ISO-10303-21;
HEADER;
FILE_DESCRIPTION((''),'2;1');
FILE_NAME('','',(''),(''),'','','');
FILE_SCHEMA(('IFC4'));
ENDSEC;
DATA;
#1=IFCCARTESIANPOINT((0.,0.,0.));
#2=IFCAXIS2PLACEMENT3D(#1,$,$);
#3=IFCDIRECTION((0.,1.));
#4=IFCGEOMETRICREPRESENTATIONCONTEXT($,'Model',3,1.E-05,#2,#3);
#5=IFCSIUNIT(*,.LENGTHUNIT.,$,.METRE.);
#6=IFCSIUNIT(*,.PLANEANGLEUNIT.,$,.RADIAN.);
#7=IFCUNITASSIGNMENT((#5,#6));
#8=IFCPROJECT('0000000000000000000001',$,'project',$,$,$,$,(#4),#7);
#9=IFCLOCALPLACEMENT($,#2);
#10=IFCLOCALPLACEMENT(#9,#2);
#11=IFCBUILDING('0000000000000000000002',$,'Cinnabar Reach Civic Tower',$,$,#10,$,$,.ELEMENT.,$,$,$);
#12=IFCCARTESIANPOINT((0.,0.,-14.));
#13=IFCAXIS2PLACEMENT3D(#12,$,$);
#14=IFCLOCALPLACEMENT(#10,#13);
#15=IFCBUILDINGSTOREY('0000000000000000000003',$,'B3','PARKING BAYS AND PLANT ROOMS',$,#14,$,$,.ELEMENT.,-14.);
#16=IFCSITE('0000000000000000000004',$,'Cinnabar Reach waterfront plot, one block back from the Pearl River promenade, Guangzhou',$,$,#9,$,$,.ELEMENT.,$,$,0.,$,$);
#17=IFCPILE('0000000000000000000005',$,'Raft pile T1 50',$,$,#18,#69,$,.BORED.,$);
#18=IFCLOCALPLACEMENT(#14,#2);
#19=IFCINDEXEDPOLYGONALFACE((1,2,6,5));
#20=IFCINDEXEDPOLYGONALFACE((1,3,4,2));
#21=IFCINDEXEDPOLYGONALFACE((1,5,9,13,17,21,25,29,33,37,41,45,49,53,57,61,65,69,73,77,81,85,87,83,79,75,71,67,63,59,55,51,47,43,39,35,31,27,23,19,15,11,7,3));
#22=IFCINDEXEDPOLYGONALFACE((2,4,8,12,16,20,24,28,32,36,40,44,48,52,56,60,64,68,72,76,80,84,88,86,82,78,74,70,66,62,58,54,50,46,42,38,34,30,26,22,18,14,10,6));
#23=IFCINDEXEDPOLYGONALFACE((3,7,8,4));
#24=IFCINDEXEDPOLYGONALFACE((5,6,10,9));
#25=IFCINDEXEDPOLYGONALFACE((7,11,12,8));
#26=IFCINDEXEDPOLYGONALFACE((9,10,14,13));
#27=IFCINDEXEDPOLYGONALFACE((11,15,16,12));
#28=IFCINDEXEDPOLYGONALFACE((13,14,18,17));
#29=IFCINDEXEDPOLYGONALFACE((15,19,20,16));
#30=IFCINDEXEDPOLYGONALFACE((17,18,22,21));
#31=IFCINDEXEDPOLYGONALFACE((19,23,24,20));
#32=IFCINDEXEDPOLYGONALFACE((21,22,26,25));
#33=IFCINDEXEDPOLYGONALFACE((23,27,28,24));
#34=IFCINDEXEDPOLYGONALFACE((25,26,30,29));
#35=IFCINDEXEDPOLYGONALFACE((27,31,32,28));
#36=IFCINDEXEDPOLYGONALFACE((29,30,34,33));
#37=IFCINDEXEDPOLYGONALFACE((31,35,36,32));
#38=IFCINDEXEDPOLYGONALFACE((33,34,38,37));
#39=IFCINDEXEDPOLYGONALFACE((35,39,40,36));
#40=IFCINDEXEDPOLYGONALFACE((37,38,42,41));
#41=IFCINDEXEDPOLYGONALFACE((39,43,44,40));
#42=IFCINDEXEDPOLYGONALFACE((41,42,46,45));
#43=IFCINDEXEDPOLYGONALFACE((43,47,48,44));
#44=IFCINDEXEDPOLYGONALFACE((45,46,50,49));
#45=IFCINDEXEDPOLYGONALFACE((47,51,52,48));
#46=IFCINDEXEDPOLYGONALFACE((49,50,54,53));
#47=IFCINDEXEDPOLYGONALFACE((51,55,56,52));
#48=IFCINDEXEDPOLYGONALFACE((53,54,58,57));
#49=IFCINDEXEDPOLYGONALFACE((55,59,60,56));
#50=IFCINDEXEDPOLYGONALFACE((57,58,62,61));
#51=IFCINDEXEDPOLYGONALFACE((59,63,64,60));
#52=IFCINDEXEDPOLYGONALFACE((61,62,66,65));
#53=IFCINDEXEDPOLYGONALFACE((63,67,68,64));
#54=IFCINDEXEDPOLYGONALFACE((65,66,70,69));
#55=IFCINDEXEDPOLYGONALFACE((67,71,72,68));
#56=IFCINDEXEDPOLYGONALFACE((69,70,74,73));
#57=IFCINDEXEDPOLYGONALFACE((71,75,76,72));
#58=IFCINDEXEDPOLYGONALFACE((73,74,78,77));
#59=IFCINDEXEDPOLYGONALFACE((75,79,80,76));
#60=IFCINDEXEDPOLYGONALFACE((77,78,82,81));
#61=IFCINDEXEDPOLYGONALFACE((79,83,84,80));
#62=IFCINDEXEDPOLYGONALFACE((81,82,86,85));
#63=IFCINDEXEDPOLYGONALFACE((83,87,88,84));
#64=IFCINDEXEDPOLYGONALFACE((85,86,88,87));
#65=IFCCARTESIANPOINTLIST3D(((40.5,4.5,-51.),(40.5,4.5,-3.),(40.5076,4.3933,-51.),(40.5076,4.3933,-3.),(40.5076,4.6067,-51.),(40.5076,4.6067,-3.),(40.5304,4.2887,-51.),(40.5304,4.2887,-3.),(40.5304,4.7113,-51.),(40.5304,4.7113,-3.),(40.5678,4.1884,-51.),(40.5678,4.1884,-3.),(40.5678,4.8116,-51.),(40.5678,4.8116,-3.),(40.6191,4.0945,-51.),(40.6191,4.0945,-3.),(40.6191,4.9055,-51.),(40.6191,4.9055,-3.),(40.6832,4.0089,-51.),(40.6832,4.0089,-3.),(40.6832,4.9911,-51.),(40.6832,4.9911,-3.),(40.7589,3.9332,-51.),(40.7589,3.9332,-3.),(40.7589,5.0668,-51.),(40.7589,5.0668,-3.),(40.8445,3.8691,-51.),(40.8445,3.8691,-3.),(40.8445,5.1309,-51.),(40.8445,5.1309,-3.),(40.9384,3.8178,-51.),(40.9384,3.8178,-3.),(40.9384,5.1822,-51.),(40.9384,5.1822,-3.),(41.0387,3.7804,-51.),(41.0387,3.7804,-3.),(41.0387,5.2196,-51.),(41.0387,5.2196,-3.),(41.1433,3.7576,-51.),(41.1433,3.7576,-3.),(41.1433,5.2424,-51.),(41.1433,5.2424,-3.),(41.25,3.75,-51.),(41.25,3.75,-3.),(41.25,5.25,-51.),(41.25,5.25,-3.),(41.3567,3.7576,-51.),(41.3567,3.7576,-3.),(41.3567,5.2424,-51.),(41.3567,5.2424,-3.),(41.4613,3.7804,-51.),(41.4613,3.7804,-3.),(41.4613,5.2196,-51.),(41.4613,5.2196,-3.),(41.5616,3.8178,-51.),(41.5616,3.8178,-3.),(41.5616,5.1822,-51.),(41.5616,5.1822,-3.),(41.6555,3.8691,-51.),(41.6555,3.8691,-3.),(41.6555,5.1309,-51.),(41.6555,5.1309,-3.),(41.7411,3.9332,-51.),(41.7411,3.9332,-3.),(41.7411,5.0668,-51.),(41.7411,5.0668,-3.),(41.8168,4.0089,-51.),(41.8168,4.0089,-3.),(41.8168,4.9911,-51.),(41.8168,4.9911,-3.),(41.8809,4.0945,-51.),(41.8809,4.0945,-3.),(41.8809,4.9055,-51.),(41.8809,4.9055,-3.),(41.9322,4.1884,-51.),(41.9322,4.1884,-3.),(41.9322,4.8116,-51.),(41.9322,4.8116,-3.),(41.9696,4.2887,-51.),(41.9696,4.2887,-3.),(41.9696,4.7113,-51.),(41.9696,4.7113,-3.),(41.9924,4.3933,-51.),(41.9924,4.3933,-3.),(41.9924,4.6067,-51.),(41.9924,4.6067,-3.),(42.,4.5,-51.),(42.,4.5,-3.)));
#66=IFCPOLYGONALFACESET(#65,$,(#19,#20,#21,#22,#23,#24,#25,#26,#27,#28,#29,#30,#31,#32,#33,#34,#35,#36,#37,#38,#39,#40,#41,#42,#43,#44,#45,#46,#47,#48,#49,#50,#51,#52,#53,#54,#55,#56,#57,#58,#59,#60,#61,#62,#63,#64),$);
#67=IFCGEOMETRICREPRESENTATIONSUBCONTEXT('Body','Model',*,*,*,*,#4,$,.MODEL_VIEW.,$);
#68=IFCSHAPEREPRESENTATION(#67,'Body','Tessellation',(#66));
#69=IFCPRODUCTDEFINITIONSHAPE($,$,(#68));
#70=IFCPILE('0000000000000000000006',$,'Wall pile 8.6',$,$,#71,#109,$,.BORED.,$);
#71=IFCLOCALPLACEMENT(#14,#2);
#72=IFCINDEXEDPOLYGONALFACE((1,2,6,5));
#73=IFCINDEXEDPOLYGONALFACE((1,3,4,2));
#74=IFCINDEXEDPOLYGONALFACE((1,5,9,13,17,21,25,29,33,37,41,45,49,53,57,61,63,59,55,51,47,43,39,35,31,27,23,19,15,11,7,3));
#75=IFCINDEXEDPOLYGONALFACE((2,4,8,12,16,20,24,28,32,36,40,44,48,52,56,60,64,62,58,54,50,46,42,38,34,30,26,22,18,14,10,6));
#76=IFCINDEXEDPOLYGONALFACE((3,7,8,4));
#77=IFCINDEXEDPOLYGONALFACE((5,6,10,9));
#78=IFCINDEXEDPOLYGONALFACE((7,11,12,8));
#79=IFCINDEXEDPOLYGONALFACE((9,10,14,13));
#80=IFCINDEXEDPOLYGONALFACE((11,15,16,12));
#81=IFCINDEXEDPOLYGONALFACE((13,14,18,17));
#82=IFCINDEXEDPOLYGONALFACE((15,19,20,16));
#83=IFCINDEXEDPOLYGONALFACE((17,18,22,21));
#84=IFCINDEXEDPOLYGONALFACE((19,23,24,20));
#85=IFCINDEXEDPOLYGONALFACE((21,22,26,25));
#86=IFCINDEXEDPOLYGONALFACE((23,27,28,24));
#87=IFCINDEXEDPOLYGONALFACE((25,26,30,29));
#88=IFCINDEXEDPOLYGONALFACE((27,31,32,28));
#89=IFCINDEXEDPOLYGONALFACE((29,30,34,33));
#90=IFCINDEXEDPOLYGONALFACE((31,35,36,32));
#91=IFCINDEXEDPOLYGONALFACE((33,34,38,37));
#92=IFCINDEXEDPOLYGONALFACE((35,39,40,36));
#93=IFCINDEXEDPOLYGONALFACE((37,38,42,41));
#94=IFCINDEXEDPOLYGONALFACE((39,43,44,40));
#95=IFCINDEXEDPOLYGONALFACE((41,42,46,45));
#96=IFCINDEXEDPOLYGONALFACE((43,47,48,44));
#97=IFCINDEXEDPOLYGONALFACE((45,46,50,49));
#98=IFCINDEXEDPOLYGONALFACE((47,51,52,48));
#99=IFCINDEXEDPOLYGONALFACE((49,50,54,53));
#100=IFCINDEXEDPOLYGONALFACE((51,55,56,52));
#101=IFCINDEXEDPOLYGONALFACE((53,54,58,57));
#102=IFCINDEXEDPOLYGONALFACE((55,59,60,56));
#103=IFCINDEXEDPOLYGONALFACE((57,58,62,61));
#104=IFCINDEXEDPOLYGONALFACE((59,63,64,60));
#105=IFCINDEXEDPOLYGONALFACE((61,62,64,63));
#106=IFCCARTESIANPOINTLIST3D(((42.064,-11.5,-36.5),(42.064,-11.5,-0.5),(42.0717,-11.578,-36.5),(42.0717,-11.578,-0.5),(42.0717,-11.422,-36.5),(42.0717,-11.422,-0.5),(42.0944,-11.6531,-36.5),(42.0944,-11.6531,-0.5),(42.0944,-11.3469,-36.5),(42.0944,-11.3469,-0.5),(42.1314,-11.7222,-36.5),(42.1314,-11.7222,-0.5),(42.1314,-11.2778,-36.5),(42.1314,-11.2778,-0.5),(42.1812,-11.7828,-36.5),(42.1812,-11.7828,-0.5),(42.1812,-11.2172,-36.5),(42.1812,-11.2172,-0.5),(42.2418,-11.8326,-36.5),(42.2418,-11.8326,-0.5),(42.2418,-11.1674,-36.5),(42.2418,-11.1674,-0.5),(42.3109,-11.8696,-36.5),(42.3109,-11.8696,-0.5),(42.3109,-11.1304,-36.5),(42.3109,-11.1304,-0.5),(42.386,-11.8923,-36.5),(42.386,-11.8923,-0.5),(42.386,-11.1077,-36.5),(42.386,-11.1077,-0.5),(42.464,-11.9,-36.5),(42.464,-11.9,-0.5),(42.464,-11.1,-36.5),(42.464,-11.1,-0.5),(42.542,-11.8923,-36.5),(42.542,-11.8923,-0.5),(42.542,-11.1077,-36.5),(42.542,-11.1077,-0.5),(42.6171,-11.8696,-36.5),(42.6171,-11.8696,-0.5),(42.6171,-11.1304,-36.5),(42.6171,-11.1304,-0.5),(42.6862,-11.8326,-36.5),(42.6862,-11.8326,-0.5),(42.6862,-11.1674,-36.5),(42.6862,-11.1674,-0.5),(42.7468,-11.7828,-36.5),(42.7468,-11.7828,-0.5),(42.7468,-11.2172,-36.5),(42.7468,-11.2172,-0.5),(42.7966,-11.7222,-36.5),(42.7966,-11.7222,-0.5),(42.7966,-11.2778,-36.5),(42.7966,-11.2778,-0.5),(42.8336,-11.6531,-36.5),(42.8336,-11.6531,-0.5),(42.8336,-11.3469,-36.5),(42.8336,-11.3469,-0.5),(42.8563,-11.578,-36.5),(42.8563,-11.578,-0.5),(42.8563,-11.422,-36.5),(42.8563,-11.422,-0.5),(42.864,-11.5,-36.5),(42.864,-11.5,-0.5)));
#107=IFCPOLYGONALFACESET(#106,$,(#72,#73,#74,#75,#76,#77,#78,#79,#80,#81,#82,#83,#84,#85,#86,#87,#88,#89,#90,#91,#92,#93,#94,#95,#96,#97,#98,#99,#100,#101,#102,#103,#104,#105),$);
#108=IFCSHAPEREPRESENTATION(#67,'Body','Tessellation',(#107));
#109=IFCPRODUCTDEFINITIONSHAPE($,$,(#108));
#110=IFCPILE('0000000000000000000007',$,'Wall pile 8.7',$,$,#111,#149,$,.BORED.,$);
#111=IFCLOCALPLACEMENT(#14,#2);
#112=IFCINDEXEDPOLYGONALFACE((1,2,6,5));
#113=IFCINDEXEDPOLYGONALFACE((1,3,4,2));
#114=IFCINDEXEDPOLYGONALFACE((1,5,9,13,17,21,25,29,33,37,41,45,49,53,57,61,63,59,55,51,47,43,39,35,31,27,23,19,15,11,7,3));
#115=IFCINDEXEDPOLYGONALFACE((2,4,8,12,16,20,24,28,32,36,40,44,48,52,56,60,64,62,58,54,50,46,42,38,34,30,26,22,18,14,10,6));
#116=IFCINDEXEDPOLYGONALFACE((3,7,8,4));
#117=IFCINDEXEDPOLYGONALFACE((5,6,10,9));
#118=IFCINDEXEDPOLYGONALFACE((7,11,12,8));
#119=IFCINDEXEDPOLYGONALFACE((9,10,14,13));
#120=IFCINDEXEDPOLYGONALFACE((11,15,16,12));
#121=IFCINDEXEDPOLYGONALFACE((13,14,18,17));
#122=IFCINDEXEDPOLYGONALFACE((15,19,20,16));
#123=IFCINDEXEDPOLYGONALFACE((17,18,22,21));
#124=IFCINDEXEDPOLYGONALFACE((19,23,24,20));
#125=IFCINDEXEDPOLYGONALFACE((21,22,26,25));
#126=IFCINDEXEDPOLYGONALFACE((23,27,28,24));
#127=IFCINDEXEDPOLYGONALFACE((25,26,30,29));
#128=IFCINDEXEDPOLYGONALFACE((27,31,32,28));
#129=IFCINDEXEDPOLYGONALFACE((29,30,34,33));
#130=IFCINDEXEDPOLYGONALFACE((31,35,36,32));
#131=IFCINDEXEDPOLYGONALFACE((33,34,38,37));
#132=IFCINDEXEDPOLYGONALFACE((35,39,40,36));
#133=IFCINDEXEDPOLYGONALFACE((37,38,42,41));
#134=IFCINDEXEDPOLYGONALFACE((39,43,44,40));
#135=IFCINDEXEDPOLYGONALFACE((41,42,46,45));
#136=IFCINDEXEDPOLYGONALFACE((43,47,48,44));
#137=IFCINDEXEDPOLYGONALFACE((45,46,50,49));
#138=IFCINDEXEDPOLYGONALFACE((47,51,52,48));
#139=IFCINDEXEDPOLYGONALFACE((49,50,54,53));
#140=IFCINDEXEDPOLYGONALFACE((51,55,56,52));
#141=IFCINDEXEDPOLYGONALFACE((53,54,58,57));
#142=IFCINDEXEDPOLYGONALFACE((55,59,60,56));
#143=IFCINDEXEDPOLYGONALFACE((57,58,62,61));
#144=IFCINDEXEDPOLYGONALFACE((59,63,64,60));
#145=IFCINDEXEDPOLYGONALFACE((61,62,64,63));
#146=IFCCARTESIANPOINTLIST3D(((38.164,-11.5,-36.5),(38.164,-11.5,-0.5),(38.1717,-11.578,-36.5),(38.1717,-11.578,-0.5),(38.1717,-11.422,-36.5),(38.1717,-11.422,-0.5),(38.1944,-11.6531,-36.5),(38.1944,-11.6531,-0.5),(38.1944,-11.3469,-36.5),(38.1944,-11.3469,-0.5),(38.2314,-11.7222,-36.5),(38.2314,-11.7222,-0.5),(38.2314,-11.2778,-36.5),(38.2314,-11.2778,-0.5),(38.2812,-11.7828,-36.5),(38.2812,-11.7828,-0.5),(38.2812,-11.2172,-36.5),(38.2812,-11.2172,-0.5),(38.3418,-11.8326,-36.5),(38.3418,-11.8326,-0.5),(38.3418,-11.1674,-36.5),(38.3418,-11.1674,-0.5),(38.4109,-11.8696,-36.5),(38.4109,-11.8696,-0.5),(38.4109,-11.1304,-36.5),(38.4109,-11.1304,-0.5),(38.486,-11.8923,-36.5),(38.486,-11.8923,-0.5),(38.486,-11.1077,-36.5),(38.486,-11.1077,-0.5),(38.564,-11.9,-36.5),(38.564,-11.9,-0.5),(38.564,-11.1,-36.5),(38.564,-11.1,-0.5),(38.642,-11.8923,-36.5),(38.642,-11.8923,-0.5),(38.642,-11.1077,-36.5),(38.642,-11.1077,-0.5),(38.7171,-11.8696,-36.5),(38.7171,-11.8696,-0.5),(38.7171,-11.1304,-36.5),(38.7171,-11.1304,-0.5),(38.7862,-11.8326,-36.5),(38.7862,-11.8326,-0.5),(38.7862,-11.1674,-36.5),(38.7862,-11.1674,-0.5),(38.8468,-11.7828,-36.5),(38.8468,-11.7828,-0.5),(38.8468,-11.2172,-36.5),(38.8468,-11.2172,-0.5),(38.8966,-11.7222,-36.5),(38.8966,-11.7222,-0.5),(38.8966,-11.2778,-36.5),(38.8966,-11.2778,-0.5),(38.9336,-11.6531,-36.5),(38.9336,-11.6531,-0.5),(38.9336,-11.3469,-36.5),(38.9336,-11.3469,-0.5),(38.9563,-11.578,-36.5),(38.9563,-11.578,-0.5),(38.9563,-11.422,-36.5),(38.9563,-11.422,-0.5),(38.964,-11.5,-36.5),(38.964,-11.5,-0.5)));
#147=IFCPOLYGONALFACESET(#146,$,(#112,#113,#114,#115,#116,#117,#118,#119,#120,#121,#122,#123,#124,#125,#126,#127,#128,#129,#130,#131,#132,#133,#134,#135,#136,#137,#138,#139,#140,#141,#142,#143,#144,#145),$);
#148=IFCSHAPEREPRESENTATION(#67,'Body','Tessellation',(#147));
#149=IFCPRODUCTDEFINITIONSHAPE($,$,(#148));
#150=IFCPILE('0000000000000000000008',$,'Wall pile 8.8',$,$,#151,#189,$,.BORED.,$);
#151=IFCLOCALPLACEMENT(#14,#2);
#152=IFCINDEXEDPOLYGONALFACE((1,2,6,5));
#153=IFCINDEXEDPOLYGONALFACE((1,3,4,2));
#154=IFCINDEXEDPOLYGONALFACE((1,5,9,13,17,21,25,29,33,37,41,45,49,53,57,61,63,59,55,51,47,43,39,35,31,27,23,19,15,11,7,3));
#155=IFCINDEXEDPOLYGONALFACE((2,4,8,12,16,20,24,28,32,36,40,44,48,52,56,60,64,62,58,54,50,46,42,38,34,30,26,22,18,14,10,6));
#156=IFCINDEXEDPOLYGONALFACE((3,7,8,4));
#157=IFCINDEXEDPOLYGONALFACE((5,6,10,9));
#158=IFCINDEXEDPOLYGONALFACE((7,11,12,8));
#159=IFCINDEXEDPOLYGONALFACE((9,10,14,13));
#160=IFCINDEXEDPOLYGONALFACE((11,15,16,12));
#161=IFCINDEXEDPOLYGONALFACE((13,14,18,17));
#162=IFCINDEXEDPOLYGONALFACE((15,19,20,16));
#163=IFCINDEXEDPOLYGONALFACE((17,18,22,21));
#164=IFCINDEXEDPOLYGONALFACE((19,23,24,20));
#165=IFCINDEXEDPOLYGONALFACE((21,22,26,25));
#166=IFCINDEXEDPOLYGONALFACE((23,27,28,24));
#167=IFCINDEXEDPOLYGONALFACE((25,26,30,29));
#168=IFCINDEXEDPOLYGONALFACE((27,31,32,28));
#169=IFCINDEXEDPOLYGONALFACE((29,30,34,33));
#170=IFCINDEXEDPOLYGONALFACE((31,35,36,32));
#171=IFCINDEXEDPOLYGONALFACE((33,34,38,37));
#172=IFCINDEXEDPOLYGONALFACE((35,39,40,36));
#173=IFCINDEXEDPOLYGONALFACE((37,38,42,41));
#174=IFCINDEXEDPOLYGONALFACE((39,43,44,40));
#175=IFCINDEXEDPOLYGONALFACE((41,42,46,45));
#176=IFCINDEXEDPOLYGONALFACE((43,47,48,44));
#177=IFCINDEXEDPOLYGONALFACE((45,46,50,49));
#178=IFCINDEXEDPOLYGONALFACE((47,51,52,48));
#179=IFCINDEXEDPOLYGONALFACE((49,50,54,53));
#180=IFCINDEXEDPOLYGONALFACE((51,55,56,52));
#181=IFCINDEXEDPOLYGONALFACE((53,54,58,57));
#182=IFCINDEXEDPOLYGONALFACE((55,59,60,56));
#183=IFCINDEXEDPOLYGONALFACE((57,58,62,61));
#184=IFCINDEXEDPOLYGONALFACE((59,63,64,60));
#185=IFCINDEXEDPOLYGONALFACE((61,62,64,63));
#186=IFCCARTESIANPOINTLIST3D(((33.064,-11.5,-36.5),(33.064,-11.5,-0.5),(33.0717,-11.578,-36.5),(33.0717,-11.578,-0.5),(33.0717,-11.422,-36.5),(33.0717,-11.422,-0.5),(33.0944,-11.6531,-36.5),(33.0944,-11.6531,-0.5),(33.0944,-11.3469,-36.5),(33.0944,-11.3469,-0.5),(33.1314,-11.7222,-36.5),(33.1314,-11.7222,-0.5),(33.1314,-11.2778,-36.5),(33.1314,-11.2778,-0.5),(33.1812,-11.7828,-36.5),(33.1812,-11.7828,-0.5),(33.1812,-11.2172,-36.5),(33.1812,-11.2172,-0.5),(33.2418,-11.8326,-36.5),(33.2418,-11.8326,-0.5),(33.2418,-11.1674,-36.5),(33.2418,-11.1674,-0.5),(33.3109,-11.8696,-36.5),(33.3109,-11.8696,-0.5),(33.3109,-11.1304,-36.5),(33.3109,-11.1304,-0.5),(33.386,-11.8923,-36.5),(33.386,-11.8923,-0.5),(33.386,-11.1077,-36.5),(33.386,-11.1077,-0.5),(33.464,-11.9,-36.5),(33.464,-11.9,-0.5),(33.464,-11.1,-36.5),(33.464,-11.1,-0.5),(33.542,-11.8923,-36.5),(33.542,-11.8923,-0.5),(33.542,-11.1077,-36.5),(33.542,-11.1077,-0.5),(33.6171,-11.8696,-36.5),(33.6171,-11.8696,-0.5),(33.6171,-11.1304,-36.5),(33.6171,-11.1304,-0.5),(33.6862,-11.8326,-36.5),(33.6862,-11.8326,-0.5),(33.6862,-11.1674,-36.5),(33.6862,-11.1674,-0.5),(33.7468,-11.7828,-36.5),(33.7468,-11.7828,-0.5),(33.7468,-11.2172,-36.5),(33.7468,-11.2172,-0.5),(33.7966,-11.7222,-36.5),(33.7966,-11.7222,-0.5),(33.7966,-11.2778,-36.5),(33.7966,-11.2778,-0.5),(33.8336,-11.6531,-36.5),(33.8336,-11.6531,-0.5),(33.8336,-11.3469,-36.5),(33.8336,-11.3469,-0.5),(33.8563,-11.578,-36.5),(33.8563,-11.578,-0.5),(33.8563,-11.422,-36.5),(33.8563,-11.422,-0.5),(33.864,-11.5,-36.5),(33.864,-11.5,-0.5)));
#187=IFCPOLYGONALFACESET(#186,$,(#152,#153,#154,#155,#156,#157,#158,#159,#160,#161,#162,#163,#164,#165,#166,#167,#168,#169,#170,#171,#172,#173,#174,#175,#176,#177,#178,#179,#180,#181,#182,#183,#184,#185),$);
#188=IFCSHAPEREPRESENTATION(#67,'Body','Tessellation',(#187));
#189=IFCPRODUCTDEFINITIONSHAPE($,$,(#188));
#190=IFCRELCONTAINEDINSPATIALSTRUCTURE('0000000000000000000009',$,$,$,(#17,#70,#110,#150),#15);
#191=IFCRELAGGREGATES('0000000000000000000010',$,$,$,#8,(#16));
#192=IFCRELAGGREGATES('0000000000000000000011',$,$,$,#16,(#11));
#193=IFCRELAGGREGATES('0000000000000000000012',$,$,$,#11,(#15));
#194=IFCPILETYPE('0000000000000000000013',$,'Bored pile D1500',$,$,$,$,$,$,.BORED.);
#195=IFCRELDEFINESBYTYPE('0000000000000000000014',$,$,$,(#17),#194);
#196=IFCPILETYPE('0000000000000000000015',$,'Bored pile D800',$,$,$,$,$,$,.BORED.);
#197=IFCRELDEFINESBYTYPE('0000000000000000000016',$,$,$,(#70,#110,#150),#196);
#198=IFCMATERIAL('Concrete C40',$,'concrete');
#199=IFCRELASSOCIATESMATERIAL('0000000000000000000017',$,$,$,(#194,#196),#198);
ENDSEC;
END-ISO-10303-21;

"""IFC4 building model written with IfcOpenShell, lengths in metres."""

from ifc_helpers import new_model, si_unit, direction, frame, origin, origin_2d, place, context, subcontext, project, spatial, circle, extrude, material, type_object, element, save


model = new_model("IFC4")

# Units and contexts
model_context = context("Model", 3, precision=1e-05, world=origin(), true_north=direction((0.0, 1.0)))
body_context = subcontext(model_context, "Body", "Model", "MODEL_VIEW")
ifc_project = project(units=[si_unit("LENGTHUNIT", "METRE"), si_unit("PLANEANGLEUNIT", "RADIAN")], contexts=[model_context])

# Site, building, storey
site_placement = place(None, origin())
site = spatial("IfcSite", under=ifc_project, at=site_placement, Name="Cinnabar Reach waterfront plot, one block back from the Pearl River promenade, Guangzhou", CompositionType="ELEMENT", RefElevation=0.0)
building_placement = place(site_placement, origin())
building = spatial("IfcBuilding", under=site, at=building_placement, Name="Cinnabar Reach Civic Tower", CompositionType="ELEMENT")
storey_placement = place(building_placement, frame((0.0, 0.0, -14.0)))
storey = spatial("IfcBuildingStorey", under=building, at=storey_placement, Name="B3", Description="PARKING BAYS AND PLANT ROOMS", CompositionType="ELEMENT", Elevation=-14.0)

# Piles
ifc_material_1 = material(Name="Concrete C40", Category="concrete")
pile_type_1 = type_object("IfcPileType", Name="Bored pile D1500", PredefinedType="BORED", material=ifc_material_1)
for number, where, z_axis, x_axis, name in (
    (1, (41.25, 4.5, -3.0), (0.0, 0.0, -1.0), (1.0, 0.0, 0.0), "Raft pile T1 50"),
):
    element("IfcPile", number, at=place(storey_placement, frame(where, z_axis=z_axis, x_axis=x_axis)), inside=storey, type_object=pile_type_1, Name=name, PredefinedType="BORED", context=body_context, shape_type="SweptSolid", body=[
        extrude(circle(Radius=0.75, at=origin_2d()), origin(), (0.0, 0.0, 1.0), 48.0),
    ])
pile_type_2 = type_object("IfcPileType", Name="Bored pile D800", PredefinedType="BORED", material=ifc_material_1)
for number, where, z_axis, x_axis, name in (
    (2, (42.464, -11.5, -0.5), (0.0, 0.0, -1.0), (1.0, 0.0, 0.0), "Wall pile 8.6"),
    (3, (38.564, -11.5, -0.5), (0.0, 0.0, -1.0), (1.0, 0.0, 0.0), "Wall pile 8.7"),
    (4, (33.464, -11.5, -0.5), (0.0, 0.0, -1.0), (1.0, 0.0, 0.0), "Wall pile 8.8"),
):
    element("IfcPile", number, at=place(storey_placement, frame(where, z_axis=z_axis, x_axis=x_axis)), inside=storey, type_object=pile_type_2, Name=name, PredefinedType="BORED", context=body_context, shape_type="SweptSolid", body=[
        extrude(circle(Radius=0.4, at=origin_2d()), origin(), (0.0, 0.0, 1.0), 36.0),
    ])

save(model, "model.ifc")
